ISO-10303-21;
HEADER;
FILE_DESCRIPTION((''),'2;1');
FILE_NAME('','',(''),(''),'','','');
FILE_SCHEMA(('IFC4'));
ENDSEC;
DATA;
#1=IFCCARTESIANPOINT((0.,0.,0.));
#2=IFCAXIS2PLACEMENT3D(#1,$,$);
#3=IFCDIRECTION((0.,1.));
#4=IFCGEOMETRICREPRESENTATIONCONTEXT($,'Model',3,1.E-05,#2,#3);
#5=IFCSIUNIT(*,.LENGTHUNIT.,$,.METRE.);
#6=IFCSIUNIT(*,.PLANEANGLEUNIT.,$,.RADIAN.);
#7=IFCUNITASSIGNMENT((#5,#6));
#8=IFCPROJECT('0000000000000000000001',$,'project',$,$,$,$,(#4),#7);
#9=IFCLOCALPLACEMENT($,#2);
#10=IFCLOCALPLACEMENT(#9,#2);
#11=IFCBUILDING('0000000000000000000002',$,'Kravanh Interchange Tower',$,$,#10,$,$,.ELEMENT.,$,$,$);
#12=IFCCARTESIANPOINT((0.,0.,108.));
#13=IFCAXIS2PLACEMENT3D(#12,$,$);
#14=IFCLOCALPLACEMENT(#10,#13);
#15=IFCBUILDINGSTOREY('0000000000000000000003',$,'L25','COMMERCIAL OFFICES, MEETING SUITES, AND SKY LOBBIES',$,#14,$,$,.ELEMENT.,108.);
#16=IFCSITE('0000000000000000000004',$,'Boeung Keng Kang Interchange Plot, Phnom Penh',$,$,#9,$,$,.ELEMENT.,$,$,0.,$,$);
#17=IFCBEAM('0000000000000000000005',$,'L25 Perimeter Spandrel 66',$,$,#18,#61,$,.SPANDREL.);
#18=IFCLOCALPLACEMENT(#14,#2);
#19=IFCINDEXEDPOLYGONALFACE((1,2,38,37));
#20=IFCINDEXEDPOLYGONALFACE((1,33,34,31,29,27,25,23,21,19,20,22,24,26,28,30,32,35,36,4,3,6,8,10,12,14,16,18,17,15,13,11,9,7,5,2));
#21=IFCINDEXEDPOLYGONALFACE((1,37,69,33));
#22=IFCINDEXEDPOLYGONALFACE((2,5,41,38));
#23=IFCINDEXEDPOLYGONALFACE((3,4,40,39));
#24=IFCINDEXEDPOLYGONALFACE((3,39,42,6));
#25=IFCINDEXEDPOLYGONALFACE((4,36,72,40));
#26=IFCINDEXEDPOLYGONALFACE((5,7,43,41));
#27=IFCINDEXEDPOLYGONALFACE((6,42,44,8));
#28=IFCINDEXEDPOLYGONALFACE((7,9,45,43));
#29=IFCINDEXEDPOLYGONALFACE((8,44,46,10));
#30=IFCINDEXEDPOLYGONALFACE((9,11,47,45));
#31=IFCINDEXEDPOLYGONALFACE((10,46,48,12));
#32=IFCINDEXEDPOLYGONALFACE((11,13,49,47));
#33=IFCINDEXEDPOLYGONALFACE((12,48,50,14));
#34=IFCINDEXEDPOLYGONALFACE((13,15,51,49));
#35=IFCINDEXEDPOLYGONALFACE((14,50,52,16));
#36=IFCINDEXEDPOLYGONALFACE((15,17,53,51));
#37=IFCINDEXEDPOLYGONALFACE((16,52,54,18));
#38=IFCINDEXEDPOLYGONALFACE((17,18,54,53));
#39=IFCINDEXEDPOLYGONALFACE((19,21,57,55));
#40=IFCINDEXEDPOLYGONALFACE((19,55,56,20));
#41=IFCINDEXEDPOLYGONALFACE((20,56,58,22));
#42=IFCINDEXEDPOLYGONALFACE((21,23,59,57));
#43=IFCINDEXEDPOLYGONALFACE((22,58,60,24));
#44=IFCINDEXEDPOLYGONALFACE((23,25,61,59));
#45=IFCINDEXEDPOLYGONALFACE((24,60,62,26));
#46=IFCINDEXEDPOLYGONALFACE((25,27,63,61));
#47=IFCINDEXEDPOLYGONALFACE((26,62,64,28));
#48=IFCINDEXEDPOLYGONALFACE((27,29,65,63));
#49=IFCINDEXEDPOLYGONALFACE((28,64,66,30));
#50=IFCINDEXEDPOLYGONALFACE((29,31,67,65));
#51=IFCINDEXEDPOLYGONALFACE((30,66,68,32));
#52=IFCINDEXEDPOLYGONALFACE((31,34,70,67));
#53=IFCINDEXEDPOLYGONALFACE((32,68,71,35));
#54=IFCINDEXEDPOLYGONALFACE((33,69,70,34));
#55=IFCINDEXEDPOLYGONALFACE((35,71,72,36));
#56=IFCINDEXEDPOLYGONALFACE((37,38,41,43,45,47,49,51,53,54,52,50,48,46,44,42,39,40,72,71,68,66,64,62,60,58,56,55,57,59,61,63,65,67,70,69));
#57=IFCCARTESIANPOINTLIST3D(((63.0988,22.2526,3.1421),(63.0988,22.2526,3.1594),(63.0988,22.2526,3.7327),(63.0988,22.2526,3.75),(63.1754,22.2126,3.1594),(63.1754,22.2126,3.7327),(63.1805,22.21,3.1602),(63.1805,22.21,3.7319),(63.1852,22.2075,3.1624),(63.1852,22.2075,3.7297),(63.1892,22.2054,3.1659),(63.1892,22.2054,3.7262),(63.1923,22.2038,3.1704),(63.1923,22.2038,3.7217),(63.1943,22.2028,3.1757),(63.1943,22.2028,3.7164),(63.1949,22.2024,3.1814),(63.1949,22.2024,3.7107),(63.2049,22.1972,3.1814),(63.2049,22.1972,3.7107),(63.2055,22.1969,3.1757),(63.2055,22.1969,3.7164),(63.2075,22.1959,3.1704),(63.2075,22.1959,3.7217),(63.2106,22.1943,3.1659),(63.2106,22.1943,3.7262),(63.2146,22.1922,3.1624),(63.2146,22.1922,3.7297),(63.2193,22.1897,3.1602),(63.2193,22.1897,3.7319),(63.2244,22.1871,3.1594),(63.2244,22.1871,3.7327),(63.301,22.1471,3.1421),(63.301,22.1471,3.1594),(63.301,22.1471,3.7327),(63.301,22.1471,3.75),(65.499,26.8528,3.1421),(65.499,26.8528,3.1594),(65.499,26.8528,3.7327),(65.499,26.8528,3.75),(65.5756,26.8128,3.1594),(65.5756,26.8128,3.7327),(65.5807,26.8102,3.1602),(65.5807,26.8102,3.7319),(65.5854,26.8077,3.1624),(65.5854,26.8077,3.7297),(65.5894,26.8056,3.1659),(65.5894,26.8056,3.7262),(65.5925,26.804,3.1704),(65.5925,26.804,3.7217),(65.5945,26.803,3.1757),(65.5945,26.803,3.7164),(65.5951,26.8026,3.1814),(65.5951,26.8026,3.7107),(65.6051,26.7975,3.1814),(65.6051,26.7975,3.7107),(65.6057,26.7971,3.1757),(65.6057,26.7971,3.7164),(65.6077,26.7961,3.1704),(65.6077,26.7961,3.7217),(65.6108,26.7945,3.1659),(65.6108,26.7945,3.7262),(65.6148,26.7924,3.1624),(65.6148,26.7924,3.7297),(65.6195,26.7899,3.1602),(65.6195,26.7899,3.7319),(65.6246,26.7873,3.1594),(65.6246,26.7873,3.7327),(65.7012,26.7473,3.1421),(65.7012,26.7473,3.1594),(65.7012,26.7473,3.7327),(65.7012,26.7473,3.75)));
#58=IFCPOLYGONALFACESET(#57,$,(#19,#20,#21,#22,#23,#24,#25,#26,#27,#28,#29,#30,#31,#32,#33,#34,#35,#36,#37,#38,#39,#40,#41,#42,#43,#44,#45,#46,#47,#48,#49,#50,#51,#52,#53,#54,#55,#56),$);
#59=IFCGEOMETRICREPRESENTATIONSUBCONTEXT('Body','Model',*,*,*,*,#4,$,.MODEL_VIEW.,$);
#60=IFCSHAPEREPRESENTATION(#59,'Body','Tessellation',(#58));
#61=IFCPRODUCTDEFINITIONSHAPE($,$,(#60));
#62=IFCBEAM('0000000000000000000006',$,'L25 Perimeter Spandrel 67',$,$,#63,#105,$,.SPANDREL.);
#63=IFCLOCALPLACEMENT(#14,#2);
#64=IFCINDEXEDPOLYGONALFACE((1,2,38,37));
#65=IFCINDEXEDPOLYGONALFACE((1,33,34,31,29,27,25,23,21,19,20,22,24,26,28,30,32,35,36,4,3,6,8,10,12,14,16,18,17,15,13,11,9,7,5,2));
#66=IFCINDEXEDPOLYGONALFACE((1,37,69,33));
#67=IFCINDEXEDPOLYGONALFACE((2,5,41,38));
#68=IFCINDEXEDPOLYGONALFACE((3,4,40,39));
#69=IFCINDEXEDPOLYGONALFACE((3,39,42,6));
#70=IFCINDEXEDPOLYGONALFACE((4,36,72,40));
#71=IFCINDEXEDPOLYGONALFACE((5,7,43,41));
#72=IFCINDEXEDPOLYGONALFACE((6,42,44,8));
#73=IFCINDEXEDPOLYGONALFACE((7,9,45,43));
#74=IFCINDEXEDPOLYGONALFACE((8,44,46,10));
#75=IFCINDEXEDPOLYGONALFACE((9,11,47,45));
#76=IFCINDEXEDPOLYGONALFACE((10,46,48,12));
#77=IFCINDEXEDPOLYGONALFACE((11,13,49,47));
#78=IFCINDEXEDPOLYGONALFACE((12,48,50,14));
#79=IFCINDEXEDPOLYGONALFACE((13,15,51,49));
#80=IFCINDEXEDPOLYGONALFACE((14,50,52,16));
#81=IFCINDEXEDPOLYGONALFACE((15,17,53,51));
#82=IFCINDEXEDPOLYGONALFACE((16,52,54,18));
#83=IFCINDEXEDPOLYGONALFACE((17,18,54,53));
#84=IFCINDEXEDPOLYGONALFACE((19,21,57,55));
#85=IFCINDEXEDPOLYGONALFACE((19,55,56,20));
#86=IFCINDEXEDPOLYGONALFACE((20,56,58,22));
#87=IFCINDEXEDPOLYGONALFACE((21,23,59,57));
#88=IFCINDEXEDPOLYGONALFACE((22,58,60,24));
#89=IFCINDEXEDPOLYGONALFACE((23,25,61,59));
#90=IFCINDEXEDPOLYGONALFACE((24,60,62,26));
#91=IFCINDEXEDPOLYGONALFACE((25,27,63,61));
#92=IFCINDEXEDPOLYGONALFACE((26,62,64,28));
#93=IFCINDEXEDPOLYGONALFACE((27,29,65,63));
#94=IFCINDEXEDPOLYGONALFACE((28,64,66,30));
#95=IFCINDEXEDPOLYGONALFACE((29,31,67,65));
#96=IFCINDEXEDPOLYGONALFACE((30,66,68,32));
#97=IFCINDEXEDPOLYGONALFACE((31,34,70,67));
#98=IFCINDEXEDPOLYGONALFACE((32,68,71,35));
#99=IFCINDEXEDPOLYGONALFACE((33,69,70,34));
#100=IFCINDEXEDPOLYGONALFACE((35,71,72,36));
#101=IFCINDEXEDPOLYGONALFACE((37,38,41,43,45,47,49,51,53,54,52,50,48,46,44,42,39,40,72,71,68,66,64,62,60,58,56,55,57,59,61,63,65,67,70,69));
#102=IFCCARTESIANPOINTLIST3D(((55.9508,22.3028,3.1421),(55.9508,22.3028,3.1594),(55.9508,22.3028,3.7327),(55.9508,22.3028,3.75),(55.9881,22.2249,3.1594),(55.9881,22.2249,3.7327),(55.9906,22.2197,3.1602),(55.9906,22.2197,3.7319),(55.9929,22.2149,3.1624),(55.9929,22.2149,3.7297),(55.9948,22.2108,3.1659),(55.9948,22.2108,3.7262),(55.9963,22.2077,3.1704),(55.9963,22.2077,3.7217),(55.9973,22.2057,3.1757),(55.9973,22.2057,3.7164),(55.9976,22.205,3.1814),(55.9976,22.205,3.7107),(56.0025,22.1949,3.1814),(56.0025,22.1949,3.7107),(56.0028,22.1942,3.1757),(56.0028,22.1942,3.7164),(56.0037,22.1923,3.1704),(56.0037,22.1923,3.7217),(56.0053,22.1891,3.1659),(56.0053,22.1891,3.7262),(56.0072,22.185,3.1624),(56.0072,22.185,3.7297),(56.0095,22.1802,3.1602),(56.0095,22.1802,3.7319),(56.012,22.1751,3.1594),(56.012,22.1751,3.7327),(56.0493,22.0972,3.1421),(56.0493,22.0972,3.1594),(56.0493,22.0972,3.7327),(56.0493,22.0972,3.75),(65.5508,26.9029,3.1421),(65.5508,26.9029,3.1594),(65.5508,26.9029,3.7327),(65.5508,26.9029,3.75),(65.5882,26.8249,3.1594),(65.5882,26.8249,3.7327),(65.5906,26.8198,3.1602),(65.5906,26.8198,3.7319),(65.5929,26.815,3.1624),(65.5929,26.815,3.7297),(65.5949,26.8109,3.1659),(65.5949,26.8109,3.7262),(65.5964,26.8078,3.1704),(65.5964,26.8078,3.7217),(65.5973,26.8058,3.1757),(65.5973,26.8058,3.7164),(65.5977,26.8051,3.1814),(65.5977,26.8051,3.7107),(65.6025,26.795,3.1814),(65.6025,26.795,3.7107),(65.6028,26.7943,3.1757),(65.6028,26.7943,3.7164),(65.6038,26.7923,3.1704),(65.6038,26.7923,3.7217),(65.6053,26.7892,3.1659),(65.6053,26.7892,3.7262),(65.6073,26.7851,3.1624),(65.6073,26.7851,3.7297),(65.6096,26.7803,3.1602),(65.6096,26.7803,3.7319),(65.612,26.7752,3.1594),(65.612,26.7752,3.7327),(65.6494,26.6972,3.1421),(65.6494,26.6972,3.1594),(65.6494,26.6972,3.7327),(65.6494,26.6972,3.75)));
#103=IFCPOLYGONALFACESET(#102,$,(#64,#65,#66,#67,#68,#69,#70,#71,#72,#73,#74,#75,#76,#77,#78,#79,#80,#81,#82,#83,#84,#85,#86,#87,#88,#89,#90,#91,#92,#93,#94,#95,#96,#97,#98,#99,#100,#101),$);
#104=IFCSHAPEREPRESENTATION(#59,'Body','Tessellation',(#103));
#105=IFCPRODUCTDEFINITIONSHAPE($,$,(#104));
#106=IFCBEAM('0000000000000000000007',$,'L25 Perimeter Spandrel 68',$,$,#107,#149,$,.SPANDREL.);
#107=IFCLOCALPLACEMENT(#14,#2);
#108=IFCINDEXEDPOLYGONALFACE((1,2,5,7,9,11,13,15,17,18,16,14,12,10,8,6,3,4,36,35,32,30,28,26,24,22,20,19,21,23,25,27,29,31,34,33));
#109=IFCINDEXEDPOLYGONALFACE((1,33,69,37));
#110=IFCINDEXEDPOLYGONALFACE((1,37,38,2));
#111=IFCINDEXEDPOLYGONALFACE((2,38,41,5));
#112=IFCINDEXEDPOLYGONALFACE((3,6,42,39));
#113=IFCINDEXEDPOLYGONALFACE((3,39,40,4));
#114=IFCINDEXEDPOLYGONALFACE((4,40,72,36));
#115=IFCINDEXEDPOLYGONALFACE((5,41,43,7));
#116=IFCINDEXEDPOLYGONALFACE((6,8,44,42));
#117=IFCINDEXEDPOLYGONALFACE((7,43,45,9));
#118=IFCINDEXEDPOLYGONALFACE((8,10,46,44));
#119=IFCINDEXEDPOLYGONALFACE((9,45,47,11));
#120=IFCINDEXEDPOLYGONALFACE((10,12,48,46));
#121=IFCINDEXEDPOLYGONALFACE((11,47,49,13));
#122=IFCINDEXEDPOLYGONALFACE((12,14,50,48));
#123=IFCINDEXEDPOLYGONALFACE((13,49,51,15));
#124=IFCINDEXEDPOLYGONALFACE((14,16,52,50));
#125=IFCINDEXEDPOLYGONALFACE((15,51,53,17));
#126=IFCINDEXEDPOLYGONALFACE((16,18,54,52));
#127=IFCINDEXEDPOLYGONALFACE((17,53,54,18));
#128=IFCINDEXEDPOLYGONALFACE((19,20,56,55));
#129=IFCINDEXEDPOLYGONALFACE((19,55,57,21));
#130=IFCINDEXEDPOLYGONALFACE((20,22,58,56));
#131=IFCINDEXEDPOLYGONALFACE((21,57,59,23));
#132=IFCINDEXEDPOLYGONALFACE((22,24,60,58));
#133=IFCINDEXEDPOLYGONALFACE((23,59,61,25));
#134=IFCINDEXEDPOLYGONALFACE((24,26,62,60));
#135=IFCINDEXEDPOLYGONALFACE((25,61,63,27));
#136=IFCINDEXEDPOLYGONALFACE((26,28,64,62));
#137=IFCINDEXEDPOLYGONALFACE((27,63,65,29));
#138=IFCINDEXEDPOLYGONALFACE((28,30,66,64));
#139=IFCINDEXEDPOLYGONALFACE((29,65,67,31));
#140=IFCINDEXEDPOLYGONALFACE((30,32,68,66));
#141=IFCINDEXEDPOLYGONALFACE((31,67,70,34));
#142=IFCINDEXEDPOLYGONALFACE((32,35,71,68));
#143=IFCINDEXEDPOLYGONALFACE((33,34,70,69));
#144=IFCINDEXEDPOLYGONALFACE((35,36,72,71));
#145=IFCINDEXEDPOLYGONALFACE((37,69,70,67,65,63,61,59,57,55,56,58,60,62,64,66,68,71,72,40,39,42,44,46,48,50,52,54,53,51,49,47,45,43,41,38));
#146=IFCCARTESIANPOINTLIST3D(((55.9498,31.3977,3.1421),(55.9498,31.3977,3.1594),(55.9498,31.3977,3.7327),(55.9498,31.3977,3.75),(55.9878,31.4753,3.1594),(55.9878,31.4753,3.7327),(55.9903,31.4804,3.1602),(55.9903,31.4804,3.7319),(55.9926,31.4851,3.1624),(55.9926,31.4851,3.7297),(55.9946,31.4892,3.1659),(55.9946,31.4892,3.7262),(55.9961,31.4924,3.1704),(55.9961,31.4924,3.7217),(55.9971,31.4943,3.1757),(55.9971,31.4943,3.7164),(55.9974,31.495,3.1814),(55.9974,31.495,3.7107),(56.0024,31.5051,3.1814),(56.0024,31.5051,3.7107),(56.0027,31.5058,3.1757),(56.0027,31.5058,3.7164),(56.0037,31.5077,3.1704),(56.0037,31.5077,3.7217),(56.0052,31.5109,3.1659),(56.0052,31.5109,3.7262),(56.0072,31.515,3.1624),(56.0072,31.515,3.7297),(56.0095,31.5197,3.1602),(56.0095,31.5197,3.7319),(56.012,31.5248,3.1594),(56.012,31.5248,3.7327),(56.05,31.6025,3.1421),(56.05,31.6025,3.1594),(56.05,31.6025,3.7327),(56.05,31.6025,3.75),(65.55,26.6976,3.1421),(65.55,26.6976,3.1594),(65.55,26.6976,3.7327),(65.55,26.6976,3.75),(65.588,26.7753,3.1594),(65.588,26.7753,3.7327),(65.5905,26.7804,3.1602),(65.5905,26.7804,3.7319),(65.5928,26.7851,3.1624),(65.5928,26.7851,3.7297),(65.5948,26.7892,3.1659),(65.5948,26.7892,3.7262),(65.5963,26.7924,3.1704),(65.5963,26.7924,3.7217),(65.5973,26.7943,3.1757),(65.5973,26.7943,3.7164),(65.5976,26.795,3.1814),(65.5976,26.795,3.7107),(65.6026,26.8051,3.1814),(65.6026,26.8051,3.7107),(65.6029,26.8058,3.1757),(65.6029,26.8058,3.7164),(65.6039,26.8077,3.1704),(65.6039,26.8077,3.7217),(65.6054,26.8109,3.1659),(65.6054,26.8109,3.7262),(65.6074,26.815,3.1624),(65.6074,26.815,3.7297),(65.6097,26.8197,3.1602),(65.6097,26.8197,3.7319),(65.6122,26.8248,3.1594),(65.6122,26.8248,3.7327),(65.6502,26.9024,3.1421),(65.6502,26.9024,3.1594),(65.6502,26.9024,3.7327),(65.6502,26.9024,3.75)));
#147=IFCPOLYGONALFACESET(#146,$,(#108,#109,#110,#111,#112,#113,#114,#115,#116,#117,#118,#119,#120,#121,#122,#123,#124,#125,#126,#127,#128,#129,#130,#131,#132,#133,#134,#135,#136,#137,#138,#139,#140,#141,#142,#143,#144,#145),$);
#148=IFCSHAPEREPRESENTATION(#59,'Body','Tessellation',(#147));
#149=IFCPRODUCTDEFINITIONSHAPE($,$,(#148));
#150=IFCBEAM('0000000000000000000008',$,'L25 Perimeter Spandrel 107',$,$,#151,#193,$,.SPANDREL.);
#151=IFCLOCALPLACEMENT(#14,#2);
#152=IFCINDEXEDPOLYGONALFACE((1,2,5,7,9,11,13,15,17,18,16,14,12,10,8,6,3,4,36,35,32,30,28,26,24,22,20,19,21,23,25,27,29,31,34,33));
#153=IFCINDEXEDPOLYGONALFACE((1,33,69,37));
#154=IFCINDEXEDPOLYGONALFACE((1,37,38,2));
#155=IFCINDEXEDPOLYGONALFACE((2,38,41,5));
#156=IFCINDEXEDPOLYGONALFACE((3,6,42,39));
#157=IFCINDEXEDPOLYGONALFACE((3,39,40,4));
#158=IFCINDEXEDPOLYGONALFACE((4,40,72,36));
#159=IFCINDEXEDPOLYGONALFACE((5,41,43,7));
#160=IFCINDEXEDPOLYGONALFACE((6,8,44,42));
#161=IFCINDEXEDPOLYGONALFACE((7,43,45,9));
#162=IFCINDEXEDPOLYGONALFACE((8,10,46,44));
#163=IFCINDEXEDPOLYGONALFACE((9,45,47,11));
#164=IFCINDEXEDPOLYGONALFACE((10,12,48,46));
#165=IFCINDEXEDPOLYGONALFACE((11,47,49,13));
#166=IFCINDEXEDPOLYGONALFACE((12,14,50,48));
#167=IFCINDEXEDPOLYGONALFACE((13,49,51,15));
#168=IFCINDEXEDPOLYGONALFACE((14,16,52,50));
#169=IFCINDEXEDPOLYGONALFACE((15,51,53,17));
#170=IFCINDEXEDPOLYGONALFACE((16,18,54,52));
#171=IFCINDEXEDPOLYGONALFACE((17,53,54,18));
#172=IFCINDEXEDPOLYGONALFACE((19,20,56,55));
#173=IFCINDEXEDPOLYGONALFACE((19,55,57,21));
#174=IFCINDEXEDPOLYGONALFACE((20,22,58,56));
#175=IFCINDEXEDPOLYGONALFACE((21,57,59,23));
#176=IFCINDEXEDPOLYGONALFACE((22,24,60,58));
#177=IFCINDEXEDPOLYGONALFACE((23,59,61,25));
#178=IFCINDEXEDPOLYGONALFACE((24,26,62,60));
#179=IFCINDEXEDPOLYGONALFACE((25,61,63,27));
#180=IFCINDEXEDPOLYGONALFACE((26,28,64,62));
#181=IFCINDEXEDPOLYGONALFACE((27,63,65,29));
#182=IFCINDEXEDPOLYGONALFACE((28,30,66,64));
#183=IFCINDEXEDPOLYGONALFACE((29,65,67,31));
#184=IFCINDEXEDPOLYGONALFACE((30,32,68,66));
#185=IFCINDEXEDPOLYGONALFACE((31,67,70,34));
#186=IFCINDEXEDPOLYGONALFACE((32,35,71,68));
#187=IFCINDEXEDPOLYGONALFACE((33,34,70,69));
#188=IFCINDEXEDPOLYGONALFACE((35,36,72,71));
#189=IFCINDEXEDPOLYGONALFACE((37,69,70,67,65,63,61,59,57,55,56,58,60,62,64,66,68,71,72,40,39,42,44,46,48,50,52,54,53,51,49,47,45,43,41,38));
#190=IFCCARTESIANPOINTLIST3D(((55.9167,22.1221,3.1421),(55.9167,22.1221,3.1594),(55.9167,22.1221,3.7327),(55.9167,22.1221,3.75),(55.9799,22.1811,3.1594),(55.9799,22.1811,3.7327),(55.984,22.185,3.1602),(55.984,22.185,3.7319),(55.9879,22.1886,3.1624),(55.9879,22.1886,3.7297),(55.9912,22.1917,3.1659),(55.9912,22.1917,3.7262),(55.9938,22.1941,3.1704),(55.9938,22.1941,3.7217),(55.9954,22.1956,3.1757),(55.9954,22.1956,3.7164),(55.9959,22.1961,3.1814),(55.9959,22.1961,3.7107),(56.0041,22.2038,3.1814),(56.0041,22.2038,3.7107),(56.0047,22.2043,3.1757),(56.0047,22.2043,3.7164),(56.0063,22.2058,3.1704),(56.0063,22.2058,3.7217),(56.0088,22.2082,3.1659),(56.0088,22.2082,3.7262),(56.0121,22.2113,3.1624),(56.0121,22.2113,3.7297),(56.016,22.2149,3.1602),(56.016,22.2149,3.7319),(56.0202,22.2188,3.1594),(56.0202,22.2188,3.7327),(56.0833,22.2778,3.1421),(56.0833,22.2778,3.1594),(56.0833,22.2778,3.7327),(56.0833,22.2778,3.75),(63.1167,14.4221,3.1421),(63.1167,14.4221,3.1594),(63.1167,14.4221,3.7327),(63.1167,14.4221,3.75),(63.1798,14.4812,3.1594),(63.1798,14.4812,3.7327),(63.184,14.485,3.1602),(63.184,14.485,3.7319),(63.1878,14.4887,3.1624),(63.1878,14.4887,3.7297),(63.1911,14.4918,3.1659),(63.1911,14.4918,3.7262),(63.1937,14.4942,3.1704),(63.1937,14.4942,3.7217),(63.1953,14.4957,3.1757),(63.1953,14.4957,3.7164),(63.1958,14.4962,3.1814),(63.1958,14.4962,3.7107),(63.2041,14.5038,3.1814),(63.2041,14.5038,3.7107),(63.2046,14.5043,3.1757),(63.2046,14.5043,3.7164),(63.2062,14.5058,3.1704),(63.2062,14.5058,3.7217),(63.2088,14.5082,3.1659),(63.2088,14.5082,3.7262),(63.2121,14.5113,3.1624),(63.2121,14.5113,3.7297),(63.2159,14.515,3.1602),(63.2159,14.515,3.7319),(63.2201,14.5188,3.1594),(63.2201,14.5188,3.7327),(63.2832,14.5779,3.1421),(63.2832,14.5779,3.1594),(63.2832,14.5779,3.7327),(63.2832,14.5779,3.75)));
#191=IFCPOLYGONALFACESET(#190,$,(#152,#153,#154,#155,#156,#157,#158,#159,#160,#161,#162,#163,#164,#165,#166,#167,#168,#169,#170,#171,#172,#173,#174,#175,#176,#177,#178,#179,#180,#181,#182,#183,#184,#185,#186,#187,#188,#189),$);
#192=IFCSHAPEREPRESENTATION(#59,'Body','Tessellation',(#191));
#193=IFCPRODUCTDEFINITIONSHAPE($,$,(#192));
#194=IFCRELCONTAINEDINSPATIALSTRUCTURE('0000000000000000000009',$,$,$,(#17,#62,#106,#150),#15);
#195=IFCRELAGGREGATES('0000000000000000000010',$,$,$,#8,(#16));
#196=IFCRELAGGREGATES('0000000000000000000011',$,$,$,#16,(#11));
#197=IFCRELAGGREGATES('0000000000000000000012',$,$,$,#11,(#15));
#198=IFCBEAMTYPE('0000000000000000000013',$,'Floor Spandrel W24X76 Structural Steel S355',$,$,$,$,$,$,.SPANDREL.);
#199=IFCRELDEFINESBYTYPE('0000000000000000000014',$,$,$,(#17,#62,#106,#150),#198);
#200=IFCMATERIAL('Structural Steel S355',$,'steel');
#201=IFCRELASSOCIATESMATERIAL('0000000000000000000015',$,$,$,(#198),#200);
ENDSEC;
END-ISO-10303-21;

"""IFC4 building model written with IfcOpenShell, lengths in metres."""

from ifc_helpers import new_model, si_unit, direction, frame, origin, origin_2d, place, context, subcontext, project, spatial, i_section, extrude, material, material_profile, profile_set, type_object, element, save


model = new_model("IFC4")

# Units and contexts
model_context = context("Model", 3, precision=1e-05, world=origin(), true_north=direction((0.0, 1.0)))
body_context = subcontext(model_context, "Body", "Model", "MODEL_VIEW")
ifc_project = project(units=[si_unit("LENGTHUNIT", "METRE"), si_unit("PLANEANGLEUNIT", "RADIAN")], contexts=[model_context])

# Site, building, storey
site_placement = place(None, origin())
site = spatial("IfcSite", under=ifc_project, at=site_placement, Name="Boeung Keng Kang Interchange Plot, Phnom Penh", CompositionType="ELEMENT", RefElevation=0.0)
building_placement = place(site_placement, origin())
building = spatial("IfcBuilding", under=site, at=building_placement, Name="Kravanh Interchange Tower", CompositionType="ELEMENT")
storey_placement = place(building_placement, frame((0.0, 0.0, 108.0)))
storey = spatial("IfcBuildingStorey", under=building, at=storey_placement, Name="L25", Description="COMMERCIAL OFFICES, MEETING SUITES, AND SKY LOBBIES", CompositionType="ELEMENT", Elevation=108.0)

# Beams
ifc_material_1 = material(Name="Structural Steel S355", Category="steel")
ifc_material_profile_1 = material_profile(ifc_material_1, i_section(OverallWidth=0.228, OverallDepth=0.6079, WebThickness=0.0112, FlangeThickness=0.0173, FilletRadius=0.022, at=origin_2d()), Name="W24X76")
ifc_profile_set_1 = profile_set([ifc_material_profile_1], Name="Structural Steel S355")
beam_type_1 = type_object("IfcBeamType", Name="Floor Spandrel W24X76 Structural Steel S355", PredefinedType="SPANDREL", material=ifc_profile_set_1)
beam_1_placement = place(storey_placement, frame((65.6001, 26.8, 3.446), z_axis=(-0.46258, -0.886577, 0.0), x_axis=(0.886577, -0.46258, 0.0)))
element("IfcBeam", 1, at=beam_1_placement, inside=storey, type_object=beam_type_1, Name="L25 Perimeter Spandrel 66", PredefinedType="SPANDREL", context=body_context, shape_type="SweptSolid", body=[
    extrude(i_section(OverallWidth=0.228, OverallDepth=0.6079, WebThickness=0.0112, FlangeThickness=0.0173, FilletRadius=0.022, at=origin_2d()), origin(), (0.0, 0.0, 1.0), 5.1887),
])
beam_2_placement = place(storey_placement, frame((65.6001, 26.8, 3.446), z_axis=(-0.901814, -0.432124, 0.0), x_axis=(0.432124, -0.901814, 0.0)))
element("IfcBeam", 2, at=beam_2_placement, inside=storey, type_object=beam_type_1, Name="L25 Perimeter Spandrel 67", PredefinedType="SPANDREL", context=body_context, shape_type="SweptSolid", body=[
    extrude(i_section(OverallWidth=0.228, OverallDepth=0.6079, WebThickness=0.0112, FlangeThickness=0.0173, FilletRadius=0.022, at=origin_2d()), origin(), (0.0, 0.0, 1.0), 10.6453),
])
beam_3_placement = place(storey_placement, frame((65.6001, 26.8, 3.446), z_axis=(-0.898142, 0.439706, 0.0), x_axis=(-0.439706, -0.898142, 0.0)))
element("IfcBeam", 3, at=beam_3_placement, inside=storey, type_object=beam_type_1, Name="L25 Perimeter Spandrel 68", PredefinedType="SPANDREL", context=body_context, shape_type="SweptSolid", body=[
    extrude(i_section(OverallWidth=0.228, OverallDepth=0.6079, WebThickness=0.0112, FlangeThickness=0.0173, FilletRadius=0.022, at=origin_2d()), origin(), (0.0, 0.0, 1.0), 10.689),
])
beam_4_placement = place(storey_placement, frame((63.2, 14.5, 3.446), z_axis=(-0.682994, 0.730424, 0.0), x_axis=(-0.730424, -0.682994, 0.0)))
element("IfcBeam", 4, at=beam_4_placement, inside=storey, type_object=beam_type_1, Name="L25 Perimeter Spandrel 107", PredefinedType="SPANDREL", context=body_context, shape_type="SweptSolid", body=[
    extrude(i_section(OverallWidth=0.228, OverallDepth=0.6079, WebThickness=0.0112, FlangeThickness=0.0173, FilletRadius=0.022, at=origin_2d()), origin(), (0.0, 0.0, 1.0), 10.5417),
])

save(model, "model.ifc")
